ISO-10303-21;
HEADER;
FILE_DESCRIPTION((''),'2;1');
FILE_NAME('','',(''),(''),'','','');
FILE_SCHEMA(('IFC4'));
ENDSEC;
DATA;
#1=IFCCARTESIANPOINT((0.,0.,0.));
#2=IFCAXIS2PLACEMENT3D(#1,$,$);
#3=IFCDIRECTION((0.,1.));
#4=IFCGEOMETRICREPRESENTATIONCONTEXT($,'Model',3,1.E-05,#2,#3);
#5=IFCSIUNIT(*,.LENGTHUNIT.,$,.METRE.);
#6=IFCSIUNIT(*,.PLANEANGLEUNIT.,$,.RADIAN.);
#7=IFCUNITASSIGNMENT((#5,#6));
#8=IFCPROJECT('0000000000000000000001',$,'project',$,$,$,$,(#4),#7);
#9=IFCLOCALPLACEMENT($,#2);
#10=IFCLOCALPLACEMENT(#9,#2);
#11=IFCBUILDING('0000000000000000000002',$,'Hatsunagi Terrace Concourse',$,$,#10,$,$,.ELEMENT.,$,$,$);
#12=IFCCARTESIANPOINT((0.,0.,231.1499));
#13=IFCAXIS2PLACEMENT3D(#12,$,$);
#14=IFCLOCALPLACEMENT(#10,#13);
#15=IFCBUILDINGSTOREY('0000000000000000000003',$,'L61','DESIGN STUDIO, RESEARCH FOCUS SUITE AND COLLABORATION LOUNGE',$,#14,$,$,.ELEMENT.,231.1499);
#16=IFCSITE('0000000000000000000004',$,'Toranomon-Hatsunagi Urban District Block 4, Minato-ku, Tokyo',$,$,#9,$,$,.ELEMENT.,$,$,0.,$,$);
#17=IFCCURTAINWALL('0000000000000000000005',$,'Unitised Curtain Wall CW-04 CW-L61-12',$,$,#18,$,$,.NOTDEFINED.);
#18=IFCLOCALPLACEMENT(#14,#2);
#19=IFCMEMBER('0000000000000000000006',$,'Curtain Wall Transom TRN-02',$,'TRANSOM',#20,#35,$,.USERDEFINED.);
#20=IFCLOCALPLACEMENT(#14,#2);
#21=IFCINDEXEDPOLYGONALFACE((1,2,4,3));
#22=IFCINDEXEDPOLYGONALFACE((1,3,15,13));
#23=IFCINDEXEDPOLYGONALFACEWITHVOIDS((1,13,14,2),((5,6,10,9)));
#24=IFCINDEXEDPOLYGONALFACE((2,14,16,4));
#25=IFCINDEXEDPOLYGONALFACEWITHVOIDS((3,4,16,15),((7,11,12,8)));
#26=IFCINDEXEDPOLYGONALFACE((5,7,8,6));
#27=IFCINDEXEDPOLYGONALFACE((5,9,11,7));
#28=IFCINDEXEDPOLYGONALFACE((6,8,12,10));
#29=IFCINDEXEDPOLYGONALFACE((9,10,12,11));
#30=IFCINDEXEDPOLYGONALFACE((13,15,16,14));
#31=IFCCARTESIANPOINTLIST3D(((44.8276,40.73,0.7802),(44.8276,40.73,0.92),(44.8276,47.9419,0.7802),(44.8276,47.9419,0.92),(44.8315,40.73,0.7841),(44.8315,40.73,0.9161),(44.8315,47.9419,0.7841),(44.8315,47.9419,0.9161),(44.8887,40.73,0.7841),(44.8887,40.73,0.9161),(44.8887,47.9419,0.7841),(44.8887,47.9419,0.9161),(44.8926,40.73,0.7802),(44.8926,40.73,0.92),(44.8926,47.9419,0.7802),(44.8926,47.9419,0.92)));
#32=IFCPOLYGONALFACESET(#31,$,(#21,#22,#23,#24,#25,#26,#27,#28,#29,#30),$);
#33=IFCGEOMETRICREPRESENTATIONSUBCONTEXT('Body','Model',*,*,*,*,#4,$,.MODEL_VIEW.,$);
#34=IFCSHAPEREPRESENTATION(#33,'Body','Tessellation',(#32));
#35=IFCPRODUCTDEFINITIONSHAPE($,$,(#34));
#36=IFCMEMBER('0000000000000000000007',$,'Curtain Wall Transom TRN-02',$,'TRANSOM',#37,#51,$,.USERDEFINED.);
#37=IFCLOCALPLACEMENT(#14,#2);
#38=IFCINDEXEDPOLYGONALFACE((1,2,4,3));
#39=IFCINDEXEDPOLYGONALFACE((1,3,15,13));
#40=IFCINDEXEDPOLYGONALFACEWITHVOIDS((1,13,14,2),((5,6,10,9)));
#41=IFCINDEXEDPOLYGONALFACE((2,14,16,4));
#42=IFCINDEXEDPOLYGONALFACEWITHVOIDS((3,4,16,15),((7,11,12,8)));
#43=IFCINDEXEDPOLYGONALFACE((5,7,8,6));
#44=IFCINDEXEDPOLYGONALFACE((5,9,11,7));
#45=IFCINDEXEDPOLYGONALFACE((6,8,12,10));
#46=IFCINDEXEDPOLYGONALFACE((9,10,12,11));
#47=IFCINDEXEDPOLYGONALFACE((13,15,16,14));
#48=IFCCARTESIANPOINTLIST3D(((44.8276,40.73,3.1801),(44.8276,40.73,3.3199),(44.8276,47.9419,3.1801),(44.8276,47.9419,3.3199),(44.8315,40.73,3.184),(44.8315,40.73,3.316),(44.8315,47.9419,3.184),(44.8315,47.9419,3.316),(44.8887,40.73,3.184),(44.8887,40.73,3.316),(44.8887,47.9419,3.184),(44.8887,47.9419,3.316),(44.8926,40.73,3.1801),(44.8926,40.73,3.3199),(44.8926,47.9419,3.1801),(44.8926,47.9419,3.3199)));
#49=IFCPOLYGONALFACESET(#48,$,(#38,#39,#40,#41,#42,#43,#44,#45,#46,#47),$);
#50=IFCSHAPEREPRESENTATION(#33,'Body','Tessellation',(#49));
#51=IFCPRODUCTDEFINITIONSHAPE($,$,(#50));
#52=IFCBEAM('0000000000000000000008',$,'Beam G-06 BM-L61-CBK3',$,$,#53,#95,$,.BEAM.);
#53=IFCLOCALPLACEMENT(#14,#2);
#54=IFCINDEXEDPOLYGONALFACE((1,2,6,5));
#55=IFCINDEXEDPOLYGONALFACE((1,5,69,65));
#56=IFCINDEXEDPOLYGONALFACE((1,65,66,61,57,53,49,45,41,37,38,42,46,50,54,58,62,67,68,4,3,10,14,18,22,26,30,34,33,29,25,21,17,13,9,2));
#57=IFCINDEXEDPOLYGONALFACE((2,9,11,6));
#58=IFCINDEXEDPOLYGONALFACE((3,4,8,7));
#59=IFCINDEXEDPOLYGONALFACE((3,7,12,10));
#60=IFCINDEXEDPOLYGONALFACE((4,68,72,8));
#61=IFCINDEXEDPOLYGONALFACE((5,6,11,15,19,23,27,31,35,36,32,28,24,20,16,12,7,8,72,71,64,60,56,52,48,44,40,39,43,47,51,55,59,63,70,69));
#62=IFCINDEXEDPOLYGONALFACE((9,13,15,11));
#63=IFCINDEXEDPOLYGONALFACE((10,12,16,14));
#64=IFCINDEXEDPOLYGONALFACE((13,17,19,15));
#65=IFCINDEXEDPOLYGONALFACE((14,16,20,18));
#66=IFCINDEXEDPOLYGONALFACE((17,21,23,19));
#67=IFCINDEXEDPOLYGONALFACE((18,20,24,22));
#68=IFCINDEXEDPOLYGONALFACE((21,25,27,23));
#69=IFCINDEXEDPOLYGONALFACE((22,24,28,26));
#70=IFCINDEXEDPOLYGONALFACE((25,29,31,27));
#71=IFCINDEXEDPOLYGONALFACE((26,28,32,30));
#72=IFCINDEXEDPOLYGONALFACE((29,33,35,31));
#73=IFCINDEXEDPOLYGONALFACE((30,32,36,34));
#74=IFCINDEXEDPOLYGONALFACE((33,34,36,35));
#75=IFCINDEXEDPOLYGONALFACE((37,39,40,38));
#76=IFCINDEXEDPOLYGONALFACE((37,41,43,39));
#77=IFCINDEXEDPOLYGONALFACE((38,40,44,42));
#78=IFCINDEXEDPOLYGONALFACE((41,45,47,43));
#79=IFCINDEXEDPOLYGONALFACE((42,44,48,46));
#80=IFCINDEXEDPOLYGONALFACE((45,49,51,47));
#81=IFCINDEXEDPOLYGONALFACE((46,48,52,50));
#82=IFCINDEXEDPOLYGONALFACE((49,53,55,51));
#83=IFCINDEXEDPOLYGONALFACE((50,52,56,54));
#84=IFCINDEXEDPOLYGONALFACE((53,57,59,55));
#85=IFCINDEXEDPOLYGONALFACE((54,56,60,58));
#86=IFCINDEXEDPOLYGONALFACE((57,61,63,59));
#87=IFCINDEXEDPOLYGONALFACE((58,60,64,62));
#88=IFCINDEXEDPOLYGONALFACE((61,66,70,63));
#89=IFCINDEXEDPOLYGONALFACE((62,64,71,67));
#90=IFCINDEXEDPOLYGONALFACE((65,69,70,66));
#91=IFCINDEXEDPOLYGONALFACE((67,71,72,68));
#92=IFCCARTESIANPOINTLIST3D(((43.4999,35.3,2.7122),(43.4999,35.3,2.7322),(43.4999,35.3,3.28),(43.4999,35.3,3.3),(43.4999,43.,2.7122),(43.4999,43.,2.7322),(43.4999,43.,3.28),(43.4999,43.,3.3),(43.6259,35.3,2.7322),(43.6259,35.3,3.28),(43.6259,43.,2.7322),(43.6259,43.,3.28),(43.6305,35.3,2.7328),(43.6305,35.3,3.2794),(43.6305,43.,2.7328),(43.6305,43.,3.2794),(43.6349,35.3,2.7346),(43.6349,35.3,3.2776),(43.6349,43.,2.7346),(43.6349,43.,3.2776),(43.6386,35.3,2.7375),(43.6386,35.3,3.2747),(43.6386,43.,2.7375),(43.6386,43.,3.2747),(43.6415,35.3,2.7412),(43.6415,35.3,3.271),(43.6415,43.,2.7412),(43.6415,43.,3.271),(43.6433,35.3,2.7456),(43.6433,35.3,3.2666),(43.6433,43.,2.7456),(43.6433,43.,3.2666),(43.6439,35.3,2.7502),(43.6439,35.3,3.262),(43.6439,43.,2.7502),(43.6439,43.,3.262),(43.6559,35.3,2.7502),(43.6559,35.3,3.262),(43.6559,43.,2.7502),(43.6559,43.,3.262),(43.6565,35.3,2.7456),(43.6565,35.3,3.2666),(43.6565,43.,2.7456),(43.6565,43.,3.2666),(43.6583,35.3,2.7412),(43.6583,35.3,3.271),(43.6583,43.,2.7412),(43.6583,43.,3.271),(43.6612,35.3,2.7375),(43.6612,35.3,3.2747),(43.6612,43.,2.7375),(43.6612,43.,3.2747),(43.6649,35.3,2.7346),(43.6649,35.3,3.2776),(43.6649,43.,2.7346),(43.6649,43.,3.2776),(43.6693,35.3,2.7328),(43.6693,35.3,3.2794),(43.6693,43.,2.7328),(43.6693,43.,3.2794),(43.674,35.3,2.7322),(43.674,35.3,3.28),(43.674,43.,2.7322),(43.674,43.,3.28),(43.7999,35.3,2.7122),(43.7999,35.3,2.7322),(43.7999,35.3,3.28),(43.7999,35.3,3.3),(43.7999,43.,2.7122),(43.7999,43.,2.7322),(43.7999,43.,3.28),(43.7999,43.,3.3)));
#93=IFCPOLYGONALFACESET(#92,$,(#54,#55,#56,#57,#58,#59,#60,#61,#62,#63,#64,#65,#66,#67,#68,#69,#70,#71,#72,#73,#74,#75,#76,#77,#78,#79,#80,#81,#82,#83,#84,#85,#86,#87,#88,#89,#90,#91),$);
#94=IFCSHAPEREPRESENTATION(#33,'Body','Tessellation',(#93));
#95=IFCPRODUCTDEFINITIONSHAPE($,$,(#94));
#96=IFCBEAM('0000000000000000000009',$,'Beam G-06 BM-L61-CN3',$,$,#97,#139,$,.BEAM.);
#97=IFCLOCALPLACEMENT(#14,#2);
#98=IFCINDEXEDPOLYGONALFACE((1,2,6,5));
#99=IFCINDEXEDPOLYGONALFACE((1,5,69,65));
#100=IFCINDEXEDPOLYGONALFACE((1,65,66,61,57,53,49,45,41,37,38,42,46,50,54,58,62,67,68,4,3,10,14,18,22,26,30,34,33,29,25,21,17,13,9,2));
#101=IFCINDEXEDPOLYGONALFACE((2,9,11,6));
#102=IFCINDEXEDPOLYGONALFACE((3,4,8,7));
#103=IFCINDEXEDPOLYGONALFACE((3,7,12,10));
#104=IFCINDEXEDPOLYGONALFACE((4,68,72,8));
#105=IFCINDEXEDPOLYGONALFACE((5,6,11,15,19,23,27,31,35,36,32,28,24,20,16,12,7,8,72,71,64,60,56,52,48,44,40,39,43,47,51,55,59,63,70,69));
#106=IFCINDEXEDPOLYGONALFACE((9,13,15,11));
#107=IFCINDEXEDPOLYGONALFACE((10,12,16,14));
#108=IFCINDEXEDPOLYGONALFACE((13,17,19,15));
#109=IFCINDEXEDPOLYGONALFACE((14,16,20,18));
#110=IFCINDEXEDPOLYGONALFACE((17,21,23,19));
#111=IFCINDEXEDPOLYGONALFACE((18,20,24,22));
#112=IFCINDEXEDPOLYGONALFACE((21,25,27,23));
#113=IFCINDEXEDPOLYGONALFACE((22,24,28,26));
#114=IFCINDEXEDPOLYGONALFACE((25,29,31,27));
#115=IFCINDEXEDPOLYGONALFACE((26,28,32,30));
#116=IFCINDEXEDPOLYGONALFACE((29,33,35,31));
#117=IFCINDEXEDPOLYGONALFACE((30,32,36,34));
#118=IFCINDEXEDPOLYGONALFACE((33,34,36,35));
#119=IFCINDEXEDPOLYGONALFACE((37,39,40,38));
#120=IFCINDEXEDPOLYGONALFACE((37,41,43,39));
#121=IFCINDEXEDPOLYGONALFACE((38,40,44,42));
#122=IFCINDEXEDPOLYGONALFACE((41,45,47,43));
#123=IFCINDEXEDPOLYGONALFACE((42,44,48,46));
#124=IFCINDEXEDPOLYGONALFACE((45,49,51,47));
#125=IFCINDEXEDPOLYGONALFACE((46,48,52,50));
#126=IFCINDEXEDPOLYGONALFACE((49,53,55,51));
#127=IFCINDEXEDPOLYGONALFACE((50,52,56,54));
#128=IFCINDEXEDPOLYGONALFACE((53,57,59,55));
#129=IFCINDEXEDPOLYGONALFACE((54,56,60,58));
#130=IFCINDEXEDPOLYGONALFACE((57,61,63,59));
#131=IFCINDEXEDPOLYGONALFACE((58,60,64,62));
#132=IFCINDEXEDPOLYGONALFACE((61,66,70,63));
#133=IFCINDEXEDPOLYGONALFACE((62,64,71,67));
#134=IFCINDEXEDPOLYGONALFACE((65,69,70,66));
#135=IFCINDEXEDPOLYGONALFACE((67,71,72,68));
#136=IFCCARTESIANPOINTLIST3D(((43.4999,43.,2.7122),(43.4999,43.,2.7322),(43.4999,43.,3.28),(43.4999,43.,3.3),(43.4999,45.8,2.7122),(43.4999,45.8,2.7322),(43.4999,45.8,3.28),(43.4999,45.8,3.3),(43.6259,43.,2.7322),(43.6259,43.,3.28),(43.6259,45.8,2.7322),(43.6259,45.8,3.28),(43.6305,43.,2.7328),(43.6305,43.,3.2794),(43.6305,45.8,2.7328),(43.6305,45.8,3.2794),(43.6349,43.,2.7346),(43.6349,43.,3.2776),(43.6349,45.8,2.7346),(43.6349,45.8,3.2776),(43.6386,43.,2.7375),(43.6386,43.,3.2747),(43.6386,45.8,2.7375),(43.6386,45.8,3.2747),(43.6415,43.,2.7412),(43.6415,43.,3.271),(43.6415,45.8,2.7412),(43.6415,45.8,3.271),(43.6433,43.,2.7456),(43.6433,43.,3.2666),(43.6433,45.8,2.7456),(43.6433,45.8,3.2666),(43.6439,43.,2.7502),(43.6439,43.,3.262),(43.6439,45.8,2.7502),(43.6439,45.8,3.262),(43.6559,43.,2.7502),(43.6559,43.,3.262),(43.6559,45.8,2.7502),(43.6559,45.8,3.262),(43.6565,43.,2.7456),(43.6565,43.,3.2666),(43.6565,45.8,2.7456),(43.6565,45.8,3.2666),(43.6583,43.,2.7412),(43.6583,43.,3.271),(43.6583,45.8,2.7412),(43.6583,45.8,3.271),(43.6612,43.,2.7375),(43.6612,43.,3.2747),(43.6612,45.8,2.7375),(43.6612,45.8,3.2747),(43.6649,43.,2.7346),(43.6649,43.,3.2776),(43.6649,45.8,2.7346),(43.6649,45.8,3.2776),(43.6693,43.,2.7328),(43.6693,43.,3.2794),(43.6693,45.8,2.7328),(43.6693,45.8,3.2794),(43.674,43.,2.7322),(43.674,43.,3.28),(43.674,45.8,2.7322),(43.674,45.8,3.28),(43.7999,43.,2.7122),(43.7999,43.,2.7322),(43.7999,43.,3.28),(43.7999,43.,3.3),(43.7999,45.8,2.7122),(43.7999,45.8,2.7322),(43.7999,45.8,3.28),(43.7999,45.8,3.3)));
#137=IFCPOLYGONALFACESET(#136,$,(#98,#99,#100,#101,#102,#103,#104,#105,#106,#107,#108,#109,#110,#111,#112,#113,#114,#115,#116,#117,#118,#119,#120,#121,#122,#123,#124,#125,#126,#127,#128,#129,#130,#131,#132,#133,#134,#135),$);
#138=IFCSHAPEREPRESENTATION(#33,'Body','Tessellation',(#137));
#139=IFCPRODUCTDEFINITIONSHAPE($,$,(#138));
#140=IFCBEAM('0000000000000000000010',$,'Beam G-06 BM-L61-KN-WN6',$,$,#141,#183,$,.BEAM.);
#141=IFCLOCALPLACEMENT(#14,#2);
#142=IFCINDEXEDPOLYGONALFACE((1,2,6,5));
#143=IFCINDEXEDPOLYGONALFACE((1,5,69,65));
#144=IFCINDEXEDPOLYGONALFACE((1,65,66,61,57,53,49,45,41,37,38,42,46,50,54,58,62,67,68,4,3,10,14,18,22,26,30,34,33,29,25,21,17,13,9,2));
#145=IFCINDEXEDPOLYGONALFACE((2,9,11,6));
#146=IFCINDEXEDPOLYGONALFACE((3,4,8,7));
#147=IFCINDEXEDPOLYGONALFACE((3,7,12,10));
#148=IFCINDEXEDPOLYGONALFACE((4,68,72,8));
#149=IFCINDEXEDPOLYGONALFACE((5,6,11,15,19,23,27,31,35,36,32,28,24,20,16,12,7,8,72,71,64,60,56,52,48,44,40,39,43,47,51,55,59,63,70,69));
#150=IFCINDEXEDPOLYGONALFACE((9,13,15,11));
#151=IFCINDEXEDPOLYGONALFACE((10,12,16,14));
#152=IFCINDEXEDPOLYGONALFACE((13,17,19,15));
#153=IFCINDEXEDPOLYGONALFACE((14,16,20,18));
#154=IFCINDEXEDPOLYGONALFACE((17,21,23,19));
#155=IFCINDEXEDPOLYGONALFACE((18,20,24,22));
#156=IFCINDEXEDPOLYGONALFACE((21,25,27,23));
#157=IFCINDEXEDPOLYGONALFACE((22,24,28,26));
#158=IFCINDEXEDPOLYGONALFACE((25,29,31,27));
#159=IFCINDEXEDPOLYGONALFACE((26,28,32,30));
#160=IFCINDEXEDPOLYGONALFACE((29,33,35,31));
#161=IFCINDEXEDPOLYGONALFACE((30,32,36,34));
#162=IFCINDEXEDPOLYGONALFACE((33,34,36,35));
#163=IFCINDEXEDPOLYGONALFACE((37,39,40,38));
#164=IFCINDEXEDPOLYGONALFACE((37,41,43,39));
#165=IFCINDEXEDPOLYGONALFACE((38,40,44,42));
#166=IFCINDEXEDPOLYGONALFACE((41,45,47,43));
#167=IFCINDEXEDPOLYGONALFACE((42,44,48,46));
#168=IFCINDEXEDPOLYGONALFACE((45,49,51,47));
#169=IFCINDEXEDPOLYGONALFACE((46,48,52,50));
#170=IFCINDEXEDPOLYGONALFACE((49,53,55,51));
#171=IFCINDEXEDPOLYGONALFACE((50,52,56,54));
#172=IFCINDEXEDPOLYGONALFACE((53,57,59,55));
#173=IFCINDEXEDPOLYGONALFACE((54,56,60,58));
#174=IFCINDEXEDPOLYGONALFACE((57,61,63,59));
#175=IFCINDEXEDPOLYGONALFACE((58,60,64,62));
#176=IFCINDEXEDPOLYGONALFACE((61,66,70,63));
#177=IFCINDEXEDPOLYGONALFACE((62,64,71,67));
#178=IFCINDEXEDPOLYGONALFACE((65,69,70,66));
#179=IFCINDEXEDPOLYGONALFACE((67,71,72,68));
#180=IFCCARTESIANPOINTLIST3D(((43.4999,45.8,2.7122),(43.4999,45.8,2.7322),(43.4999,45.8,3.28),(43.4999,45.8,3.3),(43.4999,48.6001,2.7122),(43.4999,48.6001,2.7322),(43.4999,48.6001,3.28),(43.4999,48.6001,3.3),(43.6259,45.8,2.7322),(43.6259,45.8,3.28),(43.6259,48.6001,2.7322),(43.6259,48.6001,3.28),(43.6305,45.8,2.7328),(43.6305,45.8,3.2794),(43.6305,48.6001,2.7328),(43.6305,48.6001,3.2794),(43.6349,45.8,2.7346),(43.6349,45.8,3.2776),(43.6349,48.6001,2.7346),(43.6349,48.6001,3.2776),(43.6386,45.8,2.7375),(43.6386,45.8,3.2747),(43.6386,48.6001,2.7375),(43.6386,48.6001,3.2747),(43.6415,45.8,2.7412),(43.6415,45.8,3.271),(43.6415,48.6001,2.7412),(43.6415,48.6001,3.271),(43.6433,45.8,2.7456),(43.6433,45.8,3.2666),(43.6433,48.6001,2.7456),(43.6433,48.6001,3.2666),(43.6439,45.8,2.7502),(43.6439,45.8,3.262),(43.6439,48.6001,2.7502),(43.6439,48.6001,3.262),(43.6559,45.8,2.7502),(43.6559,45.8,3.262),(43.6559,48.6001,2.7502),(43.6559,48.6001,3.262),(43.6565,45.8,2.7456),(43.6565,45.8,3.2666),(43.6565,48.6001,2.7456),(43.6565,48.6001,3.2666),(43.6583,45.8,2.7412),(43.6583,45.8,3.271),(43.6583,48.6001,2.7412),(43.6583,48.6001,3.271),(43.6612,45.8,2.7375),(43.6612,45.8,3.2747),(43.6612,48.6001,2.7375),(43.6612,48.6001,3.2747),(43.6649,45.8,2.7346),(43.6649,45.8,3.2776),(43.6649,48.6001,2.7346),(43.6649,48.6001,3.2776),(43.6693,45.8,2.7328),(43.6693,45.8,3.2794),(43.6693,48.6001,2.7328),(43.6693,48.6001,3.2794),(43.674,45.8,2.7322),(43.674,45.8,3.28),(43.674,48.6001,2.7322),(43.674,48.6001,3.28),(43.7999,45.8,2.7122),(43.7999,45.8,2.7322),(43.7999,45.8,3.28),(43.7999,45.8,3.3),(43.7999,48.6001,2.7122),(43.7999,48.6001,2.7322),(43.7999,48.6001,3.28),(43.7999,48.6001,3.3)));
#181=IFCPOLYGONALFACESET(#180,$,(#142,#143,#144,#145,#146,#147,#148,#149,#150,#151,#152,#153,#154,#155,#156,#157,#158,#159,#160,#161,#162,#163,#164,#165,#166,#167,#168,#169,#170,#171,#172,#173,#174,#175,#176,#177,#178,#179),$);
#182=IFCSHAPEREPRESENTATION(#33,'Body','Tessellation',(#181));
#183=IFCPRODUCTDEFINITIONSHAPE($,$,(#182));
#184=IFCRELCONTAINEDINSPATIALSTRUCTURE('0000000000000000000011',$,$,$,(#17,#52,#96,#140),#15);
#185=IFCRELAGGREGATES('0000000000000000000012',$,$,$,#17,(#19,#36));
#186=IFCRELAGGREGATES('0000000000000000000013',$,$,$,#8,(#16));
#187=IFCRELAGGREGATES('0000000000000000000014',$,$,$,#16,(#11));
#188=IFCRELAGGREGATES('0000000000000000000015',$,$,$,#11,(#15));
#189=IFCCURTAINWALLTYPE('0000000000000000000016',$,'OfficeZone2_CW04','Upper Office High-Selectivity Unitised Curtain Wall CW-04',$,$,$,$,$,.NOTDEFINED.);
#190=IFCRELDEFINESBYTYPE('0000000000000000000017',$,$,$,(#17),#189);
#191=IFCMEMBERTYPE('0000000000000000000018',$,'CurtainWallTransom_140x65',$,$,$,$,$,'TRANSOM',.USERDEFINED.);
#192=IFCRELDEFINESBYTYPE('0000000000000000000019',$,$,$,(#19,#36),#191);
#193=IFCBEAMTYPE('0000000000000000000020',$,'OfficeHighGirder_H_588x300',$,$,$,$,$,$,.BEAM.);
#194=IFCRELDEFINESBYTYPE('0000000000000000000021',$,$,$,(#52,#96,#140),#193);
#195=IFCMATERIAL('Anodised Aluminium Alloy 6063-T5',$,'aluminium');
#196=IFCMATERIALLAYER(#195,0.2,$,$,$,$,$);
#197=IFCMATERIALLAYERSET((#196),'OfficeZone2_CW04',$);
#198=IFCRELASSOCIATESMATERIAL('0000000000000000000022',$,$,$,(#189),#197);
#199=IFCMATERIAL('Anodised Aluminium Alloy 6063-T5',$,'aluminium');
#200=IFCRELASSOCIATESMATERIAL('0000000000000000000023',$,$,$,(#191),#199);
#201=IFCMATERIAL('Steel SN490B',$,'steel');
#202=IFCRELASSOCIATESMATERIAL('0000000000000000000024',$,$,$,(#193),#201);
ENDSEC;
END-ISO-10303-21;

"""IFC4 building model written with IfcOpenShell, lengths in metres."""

from ifc_helpers import new_model, si_unit, direction, frame, origin, origin_2d, place, context, subcontext, project, spatial, hollow_rectangle, i_section, extrude, material, layer, layer_set, material_profile, profile_set, type_object, element, aggregate, save


model = new_model("IFC4")

# Units and contexts
model_context = context("Model", 3, precision=1e-05, world=origin(), true_north=direction((0.0, 1.0)))
body_context = subcontext(model_context, "Body", "Model", "MODEL_VIEW")
ifc_project = project(units=[si_unit("LENGTHUNIT", "METRE"), si_unit("PLANEANGLEUNIT", "RADIAN")], contexts=[model_context])

# Site, building, storey
site_placement = place(None, origin())
site = spatial("IfcSite", under=ifc_project, at=site_placement, Name="Toranomon-Hatsunagi Urban District Block 4, Minato-ku, Tokyo", CompositionType="ELEMENT", RefElevation=0.0)
building_placement = place(site_placement, origin())
building = spatial("IfcBuilding", under=site, at=building_placement, Name="Hatsunagi Terrace Concourse", CompositionType="ELEMENT")
storey_placement = place(building_placement, frame((0.0, 0.0, 231.1499)))
storey = spatial("IfcBuildingStorey", under=building, at=storey_placement, Name="L61", Description="DESIGN STUDIO, RESEARCH FOCUS SUITE AND COLLABORATION LOUNGE", CompositionType="ELEMENT", Elevation=231.1499)

# Curtain wall, members
ifc_material_1 = material(Name="Anodised Aluminium Alloy 6063-T5", Category="aluminium")
ifc_layer_1 = layer(ifc_material_1, 0.2)
ifc_layer_set_1 = layer_set([ifc_layer_1], Name="OfficeZone2_CW04")
curtain_wall_type = type_object("IfcCurtainWallType", Name="OfficeZone2_CW04", Description="Upper Office High-Selectivity Unitised Curtain Wall CW-04", PredefinedType="NOTDEFINED", material=ifc_layer_set_1)
curtain_wall_placement = place(storey_placement, origin())
curtain_wall = element("IfcCurtainWall", 1, at=curtain_wall_placement, inside=storey, type_object=curtain_wall_type, Name="Unitised Curtain Wall CW-04 CW-L61-12", PredefinedType="NOTDEFINED")
ifc_material_2 = material(Name="Anodised Aluminium Alloy 6063-T5", Category="aluminium")
ifc_material_profile_1 = material_profile(ifc_material_2, hollow_rectangle(XDim=0.0649, YDim=0.1399, WallThickness=0.0039, at=origin_2d()), Name="ALU-TRN-140x65x4")
ifc_profile_set_1 = profile_set([ifc_material_profile_1], Name="Anodised Aluminium Alloy 6063-T5")
member_type_1 = type_object("IfcMemberType", Name="CurtainWallTransom_140x65", ElementType="TRANSOM", PredefinedType="USERDEFINED", material=ifc_profile_set_1)
member_1_placement = place(storey_placement, frame((44.8601, 47.9419, 0.8501), z_axis=(0.0, -1.0, 0.0), x_axis=(1.0, 0.0, 0.0)))
member_1 = element("IfcMember", 2, at=member_1_placement, type_object=member_type_1, Name="Curtain Wall Transom TRN-02", ObjectType="TRANSOM", PredefinedType="USERDEFINED", context=body_context, shape_type="SweptSolid", body=[
    extrude(hollow_rectangle(XDim=0.0649, YDim=0.1399, WallThickness=0.0039, at=origin_2d()), origin(), (0.0, 0.0, 1.0), 7.2119),
])
member_2_placement = place(storey_placement, frame((44.8601, 47.9419, 3.25), z_axis=(0.0, -1.0, 0.0), x_axis=(1.0, 0.0, 0.0)))
member_2 = element("IfcMember", 3, at=member_2_placement, type_object=member_type_1, Name="Curtain Wall Transom TRN-02", ObjectType="TRANSOM", PredefinedType="USERDEFINED", context=body_context, shape_type="SweptSolid", body=[
    extrude(hollow_rectangle(XDim=0.0649, YDim=0.1399, WallThickness=0.0039, at=origin_2d()), origin(), (0.0, 0.0, 1.0), 7.2119),
])

# Beams
ifc_material_3 = material(Name="Steel SN490B", Category="steel")
ifc_material_profile_2 = material_profile(ifc_material_3, i_section(OverallWidth=0.3, OverallDepth=0.5879, WebThickness=0.012, FlangeThickness=0.02, FilletRadius=0.0181, at=origin_2d()), Name="H-588x300x12x20")
ifc_profile_set_2 = profile_set([ifc_material_profile_2], Name="Steel SN490B")
beam_type_1 = type_object("IfcBeamType", Name="OfficeHighGirder_H_588x300", PredefinedType="BEAM", material=ifc_profile_set_2)
beam_1_placement = place(storey_placement, frame((43.6499, 35.3, 3.0061), z_axis=(0.0, 1.0, 0.0), x_axis=(-1.0, 0.0, 0.0)))
element("IfcBeam", 4, at=beam_1_placement, inside=storey, type_object=beam_type_1, Name="Beam G-06 BM-L61-CBK3", PredefinedType="BEAM", context=body_context, shape_type="SweptSolid", body=[
    extrude(i_section(OverallWidth=0.3, OverallDepth=0.5879, WebThickness=0.012, FlangeThickness=0.02, FilletRadius=0.0181, at=origin_2d()), origin(), (0.0, 0.0, 1.0), 7.7),
])
for number, where, z_axis, x_axis, name in (
    (5, (43.6499, 43.0, 3.0061), (0.0, 1.0, 0.0), (-1.0, 0.0, 0.0), "Beam G-06 BM-L61-CN3"),
    (6, (43.6499, 45.8, 3.0061), (0.0, 1.0, 0.0), (-1.0, 0.0, 0.0), "Beam G-06 BM-L61-KN-WN6"),
):
    element("IfcBeam", number, at=place(storey_placement, frame(where, z_axis=z_axis, x_axis=x_axis)), inside=storey, type_object=beam_type_1, Name=name, PredefinedType="BEAM", context=body_context, shape_type="SweptSolid", body=[
        extrude(i_section(OverallWidth=0.3, OverallDepth=0.5879, WebThickness=0.012, FlangeThickness=0.02, FilletRadius=0.0181, at=origin_2d()), origin(), (0.0, 0.0, 1.0), 2.8),
    ])

aggregate(curtain_wall, [member_1, member_2])

save(model, "model.ifc")
